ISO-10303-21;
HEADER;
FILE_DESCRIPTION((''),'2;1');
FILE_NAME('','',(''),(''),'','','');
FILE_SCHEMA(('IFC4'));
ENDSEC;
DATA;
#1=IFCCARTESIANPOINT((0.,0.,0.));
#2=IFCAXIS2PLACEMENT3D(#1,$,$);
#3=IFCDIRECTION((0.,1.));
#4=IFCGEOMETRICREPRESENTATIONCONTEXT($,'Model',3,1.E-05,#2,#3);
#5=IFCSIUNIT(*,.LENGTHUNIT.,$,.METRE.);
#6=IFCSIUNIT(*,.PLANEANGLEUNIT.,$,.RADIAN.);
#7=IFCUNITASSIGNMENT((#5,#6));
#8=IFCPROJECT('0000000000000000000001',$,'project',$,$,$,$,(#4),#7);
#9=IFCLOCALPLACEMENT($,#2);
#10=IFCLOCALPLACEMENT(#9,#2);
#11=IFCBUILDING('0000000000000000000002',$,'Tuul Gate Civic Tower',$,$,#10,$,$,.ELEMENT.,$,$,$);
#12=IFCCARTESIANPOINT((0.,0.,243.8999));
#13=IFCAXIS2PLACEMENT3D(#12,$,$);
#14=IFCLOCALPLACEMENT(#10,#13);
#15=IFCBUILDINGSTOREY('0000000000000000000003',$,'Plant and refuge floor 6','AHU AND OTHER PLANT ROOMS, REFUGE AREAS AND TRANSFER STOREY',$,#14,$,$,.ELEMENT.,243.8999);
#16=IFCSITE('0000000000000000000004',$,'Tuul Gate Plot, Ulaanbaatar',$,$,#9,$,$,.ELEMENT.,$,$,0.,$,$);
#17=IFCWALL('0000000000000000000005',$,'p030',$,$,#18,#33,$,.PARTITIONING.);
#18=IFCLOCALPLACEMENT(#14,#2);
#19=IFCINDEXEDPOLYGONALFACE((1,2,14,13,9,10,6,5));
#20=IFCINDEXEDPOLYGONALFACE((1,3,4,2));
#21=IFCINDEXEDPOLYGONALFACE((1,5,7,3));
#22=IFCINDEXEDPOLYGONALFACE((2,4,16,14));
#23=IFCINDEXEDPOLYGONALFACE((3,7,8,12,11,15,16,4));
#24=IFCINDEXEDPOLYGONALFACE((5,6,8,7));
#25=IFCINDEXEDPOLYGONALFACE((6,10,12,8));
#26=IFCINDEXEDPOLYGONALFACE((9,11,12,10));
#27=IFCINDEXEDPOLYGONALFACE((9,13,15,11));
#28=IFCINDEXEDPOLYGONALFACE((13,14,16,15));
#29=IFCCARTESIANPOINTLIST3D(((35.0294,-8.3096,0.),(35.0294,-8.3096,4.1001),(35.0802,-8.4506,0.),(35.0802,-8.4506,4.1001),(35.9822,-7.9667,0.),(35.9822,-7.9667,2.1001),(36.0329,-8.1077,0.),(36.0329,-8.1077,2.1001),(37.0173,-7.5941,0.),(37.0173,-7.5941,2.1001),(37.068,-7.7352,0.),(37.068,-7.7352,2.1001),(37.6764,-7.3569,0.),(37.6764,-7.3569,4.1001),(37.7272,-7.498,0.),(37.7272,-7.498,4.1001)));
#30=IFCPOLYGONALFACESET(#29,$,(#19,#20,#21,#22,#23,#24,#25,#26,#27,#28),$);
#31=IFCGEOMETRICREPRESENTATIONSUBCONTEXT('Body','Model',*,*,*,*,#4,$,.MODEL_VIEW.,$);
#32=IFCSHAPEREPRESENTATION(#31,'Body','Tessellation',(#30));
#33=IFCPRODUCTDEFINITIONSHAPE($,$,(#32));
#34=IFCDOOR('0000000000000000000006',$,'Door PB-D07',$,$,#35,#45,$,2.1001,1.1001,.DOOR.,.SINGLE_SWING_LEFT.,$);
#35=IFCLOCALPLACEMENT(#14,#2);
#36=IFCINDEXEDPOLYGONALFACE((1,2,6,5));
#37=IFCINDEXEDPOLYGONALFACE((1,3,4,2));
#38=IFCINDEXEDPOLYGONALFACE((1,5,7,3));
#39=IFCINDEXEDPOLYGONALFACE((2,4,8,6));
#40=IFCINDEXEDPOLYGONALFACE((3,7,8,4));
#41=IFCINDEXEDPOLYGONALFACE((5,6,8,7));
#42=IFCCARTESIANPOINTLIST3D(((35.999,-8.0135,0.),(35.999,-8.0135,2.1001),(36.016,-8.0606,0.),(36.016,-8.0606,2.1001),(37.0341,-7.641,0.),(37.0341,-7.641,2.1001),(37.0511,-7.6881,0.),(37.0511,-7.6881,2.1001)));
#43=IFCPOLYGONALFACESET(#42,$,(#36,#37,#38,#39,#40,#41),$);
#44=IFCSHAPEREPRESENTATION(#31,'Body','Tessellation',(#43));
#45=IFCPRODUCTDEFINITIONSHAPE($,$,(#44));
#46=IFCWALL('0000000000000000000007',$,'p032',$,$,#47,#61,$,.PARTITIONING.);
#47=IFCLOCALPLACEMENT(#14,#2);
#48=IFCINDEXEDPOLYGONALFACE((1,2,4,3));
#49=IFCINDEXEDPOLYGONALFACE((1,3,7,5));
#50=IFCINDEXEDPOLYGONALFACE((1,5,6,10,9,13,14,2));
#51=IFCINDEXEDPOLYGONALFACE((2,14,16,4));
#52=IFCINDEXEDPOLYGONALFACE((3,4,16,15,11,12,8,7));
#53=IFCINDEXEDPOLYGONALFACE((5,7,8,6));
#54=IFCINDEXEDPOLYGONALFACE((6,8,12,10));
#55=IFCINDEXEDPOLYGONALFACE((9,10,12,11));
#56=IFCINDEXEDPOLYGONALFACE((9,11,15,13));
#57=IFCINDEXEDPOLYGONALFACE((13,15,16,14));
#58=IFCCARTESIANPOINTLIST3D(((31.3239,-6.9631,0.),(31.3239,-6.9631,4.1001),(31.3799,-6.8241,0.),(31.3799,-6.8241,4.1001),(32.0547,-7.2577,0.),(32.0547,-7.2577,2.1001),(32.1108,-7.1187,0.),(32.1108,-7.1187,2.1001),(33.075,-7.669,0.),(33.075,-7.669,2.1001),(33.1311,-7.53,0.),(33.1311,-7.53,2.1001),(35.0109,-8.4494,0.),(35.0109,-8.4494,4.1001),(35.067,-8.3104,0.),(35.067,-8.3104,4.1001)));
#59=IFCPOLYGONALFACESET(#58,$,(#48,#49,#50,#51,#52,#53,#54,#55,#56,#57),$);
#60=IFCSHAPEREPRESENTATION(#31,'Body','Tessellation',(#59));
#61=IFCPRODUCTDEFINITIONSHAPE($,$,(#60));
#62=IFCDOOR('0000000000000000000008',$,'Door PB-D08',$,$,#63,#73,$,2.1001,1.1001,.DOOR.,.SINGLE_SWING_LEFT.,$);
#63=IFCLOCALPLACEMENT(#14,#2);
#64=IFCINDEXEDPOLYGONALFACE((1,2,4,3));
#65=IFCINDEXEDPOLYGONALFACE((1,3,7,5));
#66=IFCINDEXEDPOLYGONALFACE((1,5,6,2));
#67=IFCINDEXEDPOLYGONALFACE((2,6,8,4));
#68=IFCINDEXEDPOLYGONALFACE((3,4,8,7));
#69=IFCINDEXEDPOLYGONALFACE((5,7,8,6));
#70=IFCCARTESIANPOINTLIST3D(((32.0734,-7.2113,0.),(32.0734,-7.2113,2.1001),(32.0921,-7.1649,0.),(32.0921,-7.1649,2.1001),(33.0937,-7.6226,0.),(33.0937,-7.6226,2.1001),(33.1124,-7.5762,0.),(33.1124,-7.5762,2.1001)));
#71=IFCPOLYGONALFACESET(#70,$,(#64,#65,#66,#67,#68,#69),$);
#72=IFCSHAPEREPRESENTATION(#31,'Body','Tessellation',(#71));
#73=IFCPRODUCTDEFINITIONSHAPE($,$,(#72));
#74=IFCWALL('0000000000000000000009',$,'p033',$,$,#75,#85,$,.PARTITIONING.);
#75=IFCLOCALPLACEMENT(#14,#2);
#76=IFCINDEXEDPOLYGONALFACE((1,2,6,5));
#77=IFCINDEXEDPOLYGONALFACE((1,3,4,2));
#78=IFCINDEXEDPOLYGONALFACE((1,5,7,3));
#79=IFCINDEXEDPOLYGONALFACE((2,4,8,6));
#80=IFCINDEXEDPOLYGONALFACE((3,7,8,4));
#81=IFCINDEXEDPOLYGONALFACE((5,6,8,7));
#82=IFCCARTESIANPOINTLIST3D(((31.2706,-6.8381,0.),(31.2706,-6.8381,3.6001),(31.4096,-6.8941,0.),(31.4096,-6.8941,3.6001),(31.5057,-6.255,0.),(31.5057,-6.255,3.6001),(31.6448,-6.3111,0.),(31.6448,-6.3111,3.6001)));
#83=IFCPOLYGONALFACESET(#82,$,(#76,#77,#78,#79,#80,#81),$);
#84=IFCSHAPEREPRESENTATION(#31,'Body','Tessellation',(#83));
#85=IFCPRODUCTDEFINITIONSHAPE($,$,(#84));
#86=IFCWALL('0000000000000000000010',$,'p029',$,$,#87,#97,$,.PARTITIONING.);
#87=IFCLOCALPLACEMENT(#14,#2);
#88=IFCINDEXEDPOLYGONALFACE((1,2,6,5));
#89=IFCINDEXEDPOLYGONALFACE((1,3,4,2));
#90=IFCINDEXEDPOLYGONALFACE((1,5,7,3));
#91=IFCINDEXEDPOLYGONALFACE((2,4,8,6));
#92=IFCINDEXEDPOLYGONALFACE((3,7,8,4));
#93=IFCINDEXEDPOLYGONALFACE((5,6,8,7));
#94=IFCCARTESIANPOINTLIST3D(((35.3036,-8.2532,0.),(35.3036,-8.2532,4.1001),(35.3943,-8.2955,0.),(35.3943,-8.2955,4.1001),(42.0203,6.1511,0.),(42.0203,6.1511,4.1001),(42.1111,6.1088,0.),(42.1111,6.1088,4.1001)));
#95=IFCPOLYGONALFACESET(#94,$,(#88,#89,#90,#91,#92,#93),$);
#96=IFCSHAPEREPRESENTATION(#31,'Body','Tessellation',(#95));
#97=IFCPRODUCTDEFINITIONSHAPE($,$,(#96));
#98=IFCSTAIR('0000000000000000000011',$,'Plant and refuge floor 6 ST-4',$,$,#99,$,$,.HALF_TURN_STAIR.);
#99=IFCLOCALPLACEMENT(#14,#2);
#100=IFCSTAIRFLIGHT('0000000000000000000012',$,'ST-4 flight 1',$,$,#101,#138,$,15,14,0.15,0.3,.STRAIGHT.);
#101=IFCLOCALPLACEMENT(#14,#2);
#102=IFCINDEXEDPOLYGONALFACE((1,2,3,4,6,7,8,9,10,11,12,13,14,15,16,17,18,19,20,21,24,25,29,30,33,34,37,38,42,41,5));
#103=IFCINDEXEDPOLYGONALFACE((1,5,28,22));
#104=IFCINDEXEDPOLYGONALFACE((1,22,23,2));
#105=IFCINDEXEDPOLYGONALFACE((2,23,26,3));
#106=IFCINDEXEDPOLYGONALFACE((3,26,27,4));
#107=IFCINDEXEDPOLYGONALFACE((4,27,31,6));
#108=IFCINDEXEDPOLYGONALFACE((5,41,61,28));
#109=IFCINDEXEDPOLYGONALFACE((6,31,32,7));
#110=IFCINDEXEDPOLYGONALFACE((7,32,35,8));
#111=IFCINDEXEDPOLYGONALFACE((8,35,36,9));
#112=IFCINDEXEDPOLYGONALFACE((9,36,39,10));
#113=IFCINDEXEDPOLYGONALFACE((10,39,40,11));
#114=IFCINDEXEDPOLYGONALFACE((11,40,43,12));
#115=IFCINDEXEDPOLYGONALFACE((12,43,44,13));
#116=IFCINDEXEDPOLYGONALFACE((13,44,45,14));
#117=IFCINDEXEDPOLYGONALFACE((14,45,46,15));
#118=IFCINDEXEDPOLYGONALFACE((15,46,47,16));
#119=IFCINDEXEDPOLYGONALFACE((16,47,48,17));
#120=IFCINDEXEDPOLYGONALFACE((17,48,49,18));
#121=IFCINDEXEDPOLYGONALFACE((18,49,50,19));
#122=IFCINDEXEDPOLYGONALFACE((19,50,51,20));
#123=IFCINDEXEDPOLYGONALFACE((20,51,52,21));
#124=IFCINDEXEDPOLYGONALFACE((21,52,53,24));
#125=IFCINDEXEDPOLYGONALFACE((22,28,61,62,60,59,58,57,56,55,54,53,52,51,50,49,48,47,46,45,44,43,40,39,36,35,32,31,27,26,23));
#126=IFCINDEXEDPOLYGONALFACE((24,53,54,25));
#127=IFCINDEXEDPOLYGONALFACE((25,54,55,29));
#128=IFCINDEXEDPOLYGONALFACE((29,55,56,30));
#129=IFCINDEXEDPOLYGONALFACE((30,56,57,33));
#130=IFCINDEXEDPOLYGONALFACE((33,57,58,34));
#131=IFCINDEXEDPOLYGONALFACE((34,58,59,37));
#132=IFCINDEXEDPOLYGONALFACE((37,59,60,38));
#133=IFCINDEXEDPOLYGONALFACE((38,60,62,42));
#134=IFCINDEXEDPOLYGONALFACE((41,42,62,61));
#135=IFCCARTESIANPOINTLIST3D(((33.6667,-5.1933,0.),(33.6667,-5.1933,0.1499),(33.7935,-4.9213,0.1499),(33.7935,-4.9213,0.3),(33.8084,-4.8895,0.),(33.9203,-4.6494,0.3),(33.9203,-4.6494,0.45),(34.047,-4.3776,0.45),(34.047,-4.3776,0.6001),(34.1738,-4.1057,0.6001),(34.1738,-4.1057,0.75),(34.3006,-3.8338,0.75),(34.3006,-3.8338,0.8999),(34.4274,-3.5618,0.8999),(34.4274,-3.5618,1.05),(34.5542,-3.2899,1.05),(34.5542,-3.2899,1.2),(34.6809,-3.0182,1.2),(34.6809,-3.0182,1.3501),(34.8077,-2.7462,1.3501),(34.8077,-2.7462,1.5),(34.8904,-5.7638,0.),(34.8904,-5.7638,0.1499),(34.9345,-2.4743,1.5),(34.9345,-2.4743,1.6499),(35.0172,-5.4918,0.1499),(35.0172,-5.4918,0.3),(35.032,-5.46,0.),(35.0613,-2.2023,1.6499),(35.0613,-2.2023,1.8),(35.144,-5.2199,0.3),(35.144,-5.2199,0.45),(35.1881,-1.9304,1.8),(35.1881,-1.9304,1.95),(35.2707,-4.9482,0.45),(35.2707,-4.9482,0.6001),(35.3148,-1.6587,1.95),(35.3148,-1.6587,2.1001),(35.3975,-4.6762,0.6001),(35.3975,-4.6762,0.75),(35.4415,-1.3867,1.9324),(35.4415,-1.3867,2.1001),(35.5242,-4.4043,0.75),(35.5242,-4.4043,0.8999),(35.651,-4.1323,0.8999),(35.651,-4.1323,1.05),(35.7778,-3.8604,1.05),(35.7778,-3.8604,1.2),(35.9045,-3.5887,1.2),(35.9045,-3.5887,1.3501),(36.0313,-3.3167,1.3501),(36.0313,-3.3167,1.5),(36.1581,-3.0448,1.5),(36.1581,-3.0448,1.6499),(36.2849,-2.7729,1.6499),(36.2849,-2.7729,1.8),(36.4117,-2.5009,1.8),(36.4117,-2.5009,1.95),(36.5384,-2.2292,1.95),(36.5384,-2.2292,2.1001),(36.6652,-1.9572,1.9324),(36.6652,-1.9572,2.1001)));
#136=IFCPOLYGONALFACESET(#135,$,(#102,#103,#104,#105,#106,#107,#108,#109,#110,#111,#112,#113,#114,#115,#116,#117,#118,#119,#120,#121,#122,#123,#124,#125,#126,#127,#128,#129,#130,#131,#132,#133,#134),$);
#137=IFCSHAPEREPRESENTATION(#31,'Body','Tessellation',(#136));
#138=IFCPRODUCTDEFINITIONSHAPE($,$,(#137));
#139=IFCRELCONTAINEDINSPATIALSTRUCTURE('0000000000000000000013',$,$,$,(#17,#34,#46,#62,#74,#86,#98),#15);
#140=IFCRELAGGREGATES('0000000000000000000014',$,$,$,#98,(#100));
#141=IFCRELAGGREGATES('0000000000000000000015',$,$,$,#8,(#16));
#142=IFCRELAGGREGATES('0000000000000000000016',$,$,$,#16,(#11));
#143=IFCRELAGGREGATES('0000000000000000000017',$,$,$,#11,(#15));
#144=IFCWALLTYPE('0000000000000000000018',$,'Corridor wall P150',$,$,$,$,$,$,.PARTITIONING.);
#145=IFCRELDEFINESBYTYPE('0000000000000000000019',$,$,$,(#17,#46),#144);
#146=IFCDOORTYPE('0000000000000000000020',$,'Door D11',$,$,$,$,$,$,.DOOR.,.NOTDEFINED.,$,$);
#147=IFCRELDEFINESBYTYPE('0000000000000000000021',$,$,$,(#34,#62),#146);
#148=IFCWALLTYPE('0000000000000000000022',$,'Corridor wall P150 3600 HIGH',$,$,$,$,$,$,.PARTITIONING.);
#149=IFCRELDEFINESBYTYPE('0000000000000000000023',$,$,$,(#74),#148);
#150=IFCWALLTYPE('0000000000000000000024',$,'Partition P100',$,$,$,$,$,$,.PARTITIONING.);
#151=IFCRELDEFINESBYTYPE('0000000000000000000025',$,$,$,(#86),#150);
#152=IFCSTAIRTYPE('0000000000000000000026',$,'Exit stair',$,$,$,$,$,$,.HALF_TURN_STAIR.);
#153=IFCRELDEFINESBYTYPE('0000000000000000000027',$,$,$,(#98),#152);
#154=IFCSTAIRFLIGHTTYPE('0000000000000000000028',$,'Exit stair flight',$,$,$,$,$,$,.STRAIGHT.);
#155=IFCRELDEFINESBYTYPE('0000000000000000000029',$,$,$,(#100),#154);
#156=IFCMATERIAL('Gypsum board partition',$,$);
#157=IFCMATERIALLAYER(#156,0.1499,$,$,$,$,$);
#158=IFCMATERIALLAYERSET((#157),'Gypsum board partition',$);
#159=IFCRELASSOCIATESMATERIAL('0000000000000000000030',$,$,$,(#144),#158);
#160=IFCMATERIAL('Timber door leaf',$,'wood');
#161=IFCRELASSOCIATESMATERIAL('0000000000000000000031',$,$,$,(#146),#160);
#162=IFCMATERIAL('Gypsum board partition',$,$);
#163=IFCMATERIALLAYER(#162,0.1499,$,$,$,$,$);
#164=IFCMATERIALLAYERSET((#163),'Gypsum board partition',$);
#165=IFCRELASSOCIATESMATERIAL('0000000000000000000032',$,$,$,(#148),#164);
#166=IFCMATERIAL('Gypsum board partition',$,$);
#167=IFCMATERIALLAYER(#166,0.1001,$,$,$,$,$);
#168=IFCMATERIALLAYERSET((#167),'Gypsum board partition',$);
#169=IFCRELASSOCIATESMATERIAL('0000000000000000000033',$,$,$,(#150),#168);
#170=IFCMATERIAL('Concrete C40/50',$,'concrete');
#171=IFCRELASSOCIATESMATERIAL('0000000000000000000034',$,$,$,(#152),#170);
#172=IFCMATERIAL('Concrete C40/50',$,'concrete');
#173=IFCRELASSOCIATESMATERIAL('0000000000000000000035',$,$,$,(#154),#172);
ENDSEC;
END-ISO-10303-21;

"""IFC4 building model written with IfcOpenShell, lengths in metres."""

from ifc_helpers import new_model, si_unit, direction, frame, frame_2d, origin, place, context, subcontext, project, spatial, polyline, rectangle, outline, extrude, material, layer, layer_set, type_object, element, fill, aggregate, save


model = new_model("IFC4")

# Units and contexts
model_context = context("Model", 3, precision=1e-05, world=origin(), true_north=direction((0.0, 1.0)))
body_context = subcontext(model_context, "Body", "Model", "MODEL_VIEW")
ifc_project = project(units=[si_unit("LENGTHUNIT", "METRE"), si_unit("PLANEANGLEUNIT", "RADIAN")], contexts=[model_context])

# Site, building, storey
site_placement = place(None, origin())
site = spatial("IfcSite", under=ifc_project, at=site_placement, Name="Tuul Gate Plot, Ulaanbaatar", CompositionType="ELEMENT", RefElevation=0.0)
building_placement = place(site_placement, origin())
building = spatial("IfcBuilding", under=site, at=building_placement, Name="Tuul Gate Civic Tower", CompositionType="ELEMENT")
storey_placement = place(building_placement, frame((0.0, 0.0, 243.8999)))
storey = spatial("IfcBuildingStorey", under=building, at=storey_placement, Name="Plant and refuge floor 6", Description="AHU AND OTHER PLANT ROOMS, REFUGE AREAS AND TRANSFER STOREY", CompositionType="ELEMENT", Elevation=243.8999)

# Shared definitions
ifc_material_1 = material(Name="Gypsum board partition")
ifc_layer_1 = layer(ifc_material_1, 0.1499)
ifc_layer_set_1 = layer_set([ifc_layer_1], Name="Gypsum board partition")
wall_type_1 = type_object("IfcWallType", Name="Corridor wall P150", PredefinedType="PARTITIONING", material=ifc_layer_set_1)

# Walls, openings, doors
wall_1_placement = place(storey_placement, frame((35.0547, -8.3801, 0.0), z_axis=(0.0, 0.0, 1.0), x_axis=(0.940918, 0.338633, 0.0)))
wall_1 = element("IfcWall", 1, at=wall_1_placement, inside=storey, type_object=wall_type_1, Name="p030", PredefinedType="PARTITIONING", context=body_context, shape_type="SweptSolid", body=[
    extrude(rectangle(XDim=2.8132, YDim=0.1499, at=frame_2d((1.4067, 0.0))), origin(), (0.0, 0.0, 1.0), 4.1001),
])
opening_1_placement = place(wall_1_placement, frame((1.0127, 0.0, 0.0)))
opening_1 = element("IfcOpeningElement", 2, at=opening_1_placement, cuts=wall_1, PredefinedType="OPENING", context=body_context, shape_type="SweptSolid", body=[
    extrude(rectangle(XDim=1.1001, YDim=2.1001, at=frame_2d((0.55, 1.05))), frame((0.0, 0.085, 0.0), z_axis=(0.0, -1.0, 0.0), x_axis=(1.0, 0.0, 0.0)), (0.0, 0.0, 1.0), 0.1699),
])
ifc_material_2 = material(Name="Timber door leaf", Category="wood")
door_type_1 = type_object("IfcDoorType", Name="Door D11", OperationType="NOTDEFINED", PredefinedType="DOOR", material=ifc_material_2)
door_1_placement = place(opening_1_placement, frame((1.1001, 0.0, 0.0), z_axis=(0.0, 0.0, 1.0), x_axis=(-1.0, 0.0, 0.0)))
door_1 = element("IfcDoor", 3, at=door_1_placement, inside=storey, type_object=door_type_1, Name="Door PB-D07", OperationType="SINGLE_SWING_LEFT", OverallHeight=2.1001, OverallWidth=1.1001, PredefinedType="DOOR", context=body_context, shape_type="SweptSolid", body=[
    extrude(rectangle(XDim=1.1001, YDim=2.1001, at=frame_2d((0.55, 1.05))), frame((0.0, 0.0249, 0.0), z_axis=(0.0, -1.0, 0.0), x_axis=(1.0, 0.0, 0.0)), (0.0, 0.0, 1.0), 0.05),
])
fill(opening_1, door_1)
wall_2_placement = place(storey_placement, frame((31.3518, -6.8936, 0.0), z_axis=(0.0, 0.0, 1.0), x_axis=(0.927474, -0.373888, 0.0)))
wall_2 = element("IfcWall", 4, at=wall_2_placement, inside=storey, type_object=wall_type_1, Name="p032", PredefinedType="PARTITIONING", context=body_context, shape_type="SweptSolid", body=[
    extrude(rectangle(XDim=3.9753, YDim=0.1499, at=frame_2d((1.9878, 0.0))), origin(), (0.0, 0.0, 1.0), 4.1001),
])
opening_2_placement = place(wall_2_placement, frame((0.7881, 0.0, 0.0)))
opening_2 = element("IfcOpeningElement", 5, at=opening_2_placement, cuts=wall_2, PredefinedType="OPENING", context=body_context, shape_type="SweptSolid", body=[
    extrude(rectangle(XDim=1.1001, YDim=2.1001, at=frame_2d((0.55, 1.05))), frame((0.0, 0.085, 0.0), z_axis=(0.0, -1.0, 0.0), x_axis=(1.0, 0.0, 0.0)), (0.0, 0.0, 1.0), 0.1699),
])
door_2_placement = place(opening_2_placement, frame((1.1001, 0.0, 0.0), z_axis=(0.0, 0.0, 1.0), x_axis=(-1.0, 0.0, 0.0)))
door_2 = element("IfcDoor", 6, at=door_2_placement, inside=storey, type_object=door_type_1, Name="Door PB-D08", OperationType="SINGLE_SWING_LEFT", OverallHeight=2.1001, OverallWidth=1.1001, PredefinedType="DOOR", context=body_context, shape_type="SweptSolid", body=[
    extrude(rectangle(XDim=1.1001, YDim=2.1001, at=frame_2d((0.55, 1.05))), frame((0.0, 0.0249, 0.0), z_axis=(0.0, -1.0, 0.0), x_axis=(1.0, 0.0, 0.0)), (0.0, 0.0, 1.0), 0.05),
])
fill(opening_2, door_2)

# Walls
ifc_material_3 = material(Name="Gypsum board partition")
ifc_layer_2 = layer(ifc_material_3, 0.1499)
ifc_layer_set_2 = layer_set([ifc_layer_2], Name="Gypsum board partition")
wall_type_2 = type_object("IfcWallType", Name="Corridor wall P150 3600 HIGH", PredefinedType="PARTITIONING", material=ifc_layer_set_2)
wall_3_placement = place(storey_placement, frame((31.3401, -6.8662, 0.0), z_axis=(0.0, 0.0, 1.0), x_axis=(0.374001, 0.927428, 0.0)))
element("IfcWall", 7, at=wall_3_placement, inside=storey, type_object=wall_type_2, Name="p033", PredefinedType="PARTITIONING", context=body_context, shape_type="SweptSolid", body=[
    extrude(rectangle(XDim=0.6287, YDim=0.1499, at=frame_2d((0.3145, 0.0))), origin(), (0.0, 0.0, 1.0), 3.6001),
])
ifc_material_4 = material(Name="Gypsum board partition")
ifc_layer_3 = layer(ifc_material_4, 0.1001)
ifc_layer_set_3 = layer_set([ifc_layer_3], Name="Gypsum board partition")
wall_type_3 = type_object("IfcWallType", Name="Partition P100", PredefinedType="PARTITIONING", material=ifc_layer_set_3)
wall_4_placement = place(storey_placement, frame((35.3489, -8.2744, 0.0), z_axis=(0.0, 0.0, 1.0), x_axis=(0.422616, 0.906309, 0.0)))
element("IfcWall", 8, at=wall_4_placement, inside=storey, type_object=wall_type_3, Name="p029", PredefinedType="PARTITIONING", context=body_context, shape_type="SweptSolid", body=[
    extrude(rectangle(XDim=15.8933, YDim=0.1001, at=frame_2d((7.9468, 0.0))), origin(), (0.0, 0.0, 1.0), 4.1001),
])

# Stair, stair flight
ifc_material_5 = material(Name="Concrete C40/50", Category="concrete")
stair_type = type_object("IfcStairType", Name="Exit stair", PredefinedType="HALF_TURN_STAIR", material=ifc_material_5)
stair_placement = place(storey_placement, origin())
stair = element("IfcStair", 9, at=stair_placement, inside=storey, type_object=stair_type, Name="Plant and refuge floor 6 ST-4", PredefinedType="HALF_TURN_STAIR")
ifc_material_6 = material(Name="Concrete C40/50", Category="concrete")
stair_flight_type = type_object("IfcStairFlightType", Name="Exit stair flight", PredefinedType="STRAIGHT", material=ifc_material_6)
stair_flight_placement = place(storey_placement, frame((34.2786, -5.4785, 0.0), z_axis=(0.0, 0.0, 1.0), x_axis=(0.422576, 0.906327, 0.0)))
stair_flight = element("IfcStairFlight", 10, at=stair_flight_placement, type_object=stair_flight_type, Name="ST-4 flight 1", NumberOfRisers=15, NumberOfTreads=14, PredefinedType="STRAIGHT", RiserHeight=0.15, TreadLength=0.3, context=body_context, shape_type="SweptSolid", body=[
    extrude(outline(polyline([(0.0, 0.0), (0.0, 0.1499), (0.3, 0.1499), (0.3, 0.3), (0.6001, 0.3), (0.6001, 0.45), (0.8999, 0.45), (0.8999, 0.6001), (1.2, 0.6001), (1.2, 0.75), (1.5, 0.75), (1.5, 0.8999), (1.8, 0.8999), (1.8, 1.05), (2.1001, 1.05), (2.1001, 1.2), (2.3999, 1.2), (2.3999, 1.3501), (2.7, 1.3501), (2.7, 1.5), (3.0, 1.5), (3.0, 1.6499), (3.3, 1.6499), (3.3, 1.8), (3.6001, 1.8), (3.6001, 1.95), (3.8999, 1.95), (3.8999, 2.1001), (4.2, 2.1001), (4.2, 2.25), (4.2, 1.9324), (0.3352, 0.0), (0.0, 0.0)])), frame((0.0, 0.675, 0.0), z_axis=(0.0, -1.0, 0.0), x_axis=(1.0, 0.0, 0.0)), (0.0, 0.0, 1.0), 1.3501),
])
aggregate(stair, [stair_flight])

save(model, "model.ifc")
